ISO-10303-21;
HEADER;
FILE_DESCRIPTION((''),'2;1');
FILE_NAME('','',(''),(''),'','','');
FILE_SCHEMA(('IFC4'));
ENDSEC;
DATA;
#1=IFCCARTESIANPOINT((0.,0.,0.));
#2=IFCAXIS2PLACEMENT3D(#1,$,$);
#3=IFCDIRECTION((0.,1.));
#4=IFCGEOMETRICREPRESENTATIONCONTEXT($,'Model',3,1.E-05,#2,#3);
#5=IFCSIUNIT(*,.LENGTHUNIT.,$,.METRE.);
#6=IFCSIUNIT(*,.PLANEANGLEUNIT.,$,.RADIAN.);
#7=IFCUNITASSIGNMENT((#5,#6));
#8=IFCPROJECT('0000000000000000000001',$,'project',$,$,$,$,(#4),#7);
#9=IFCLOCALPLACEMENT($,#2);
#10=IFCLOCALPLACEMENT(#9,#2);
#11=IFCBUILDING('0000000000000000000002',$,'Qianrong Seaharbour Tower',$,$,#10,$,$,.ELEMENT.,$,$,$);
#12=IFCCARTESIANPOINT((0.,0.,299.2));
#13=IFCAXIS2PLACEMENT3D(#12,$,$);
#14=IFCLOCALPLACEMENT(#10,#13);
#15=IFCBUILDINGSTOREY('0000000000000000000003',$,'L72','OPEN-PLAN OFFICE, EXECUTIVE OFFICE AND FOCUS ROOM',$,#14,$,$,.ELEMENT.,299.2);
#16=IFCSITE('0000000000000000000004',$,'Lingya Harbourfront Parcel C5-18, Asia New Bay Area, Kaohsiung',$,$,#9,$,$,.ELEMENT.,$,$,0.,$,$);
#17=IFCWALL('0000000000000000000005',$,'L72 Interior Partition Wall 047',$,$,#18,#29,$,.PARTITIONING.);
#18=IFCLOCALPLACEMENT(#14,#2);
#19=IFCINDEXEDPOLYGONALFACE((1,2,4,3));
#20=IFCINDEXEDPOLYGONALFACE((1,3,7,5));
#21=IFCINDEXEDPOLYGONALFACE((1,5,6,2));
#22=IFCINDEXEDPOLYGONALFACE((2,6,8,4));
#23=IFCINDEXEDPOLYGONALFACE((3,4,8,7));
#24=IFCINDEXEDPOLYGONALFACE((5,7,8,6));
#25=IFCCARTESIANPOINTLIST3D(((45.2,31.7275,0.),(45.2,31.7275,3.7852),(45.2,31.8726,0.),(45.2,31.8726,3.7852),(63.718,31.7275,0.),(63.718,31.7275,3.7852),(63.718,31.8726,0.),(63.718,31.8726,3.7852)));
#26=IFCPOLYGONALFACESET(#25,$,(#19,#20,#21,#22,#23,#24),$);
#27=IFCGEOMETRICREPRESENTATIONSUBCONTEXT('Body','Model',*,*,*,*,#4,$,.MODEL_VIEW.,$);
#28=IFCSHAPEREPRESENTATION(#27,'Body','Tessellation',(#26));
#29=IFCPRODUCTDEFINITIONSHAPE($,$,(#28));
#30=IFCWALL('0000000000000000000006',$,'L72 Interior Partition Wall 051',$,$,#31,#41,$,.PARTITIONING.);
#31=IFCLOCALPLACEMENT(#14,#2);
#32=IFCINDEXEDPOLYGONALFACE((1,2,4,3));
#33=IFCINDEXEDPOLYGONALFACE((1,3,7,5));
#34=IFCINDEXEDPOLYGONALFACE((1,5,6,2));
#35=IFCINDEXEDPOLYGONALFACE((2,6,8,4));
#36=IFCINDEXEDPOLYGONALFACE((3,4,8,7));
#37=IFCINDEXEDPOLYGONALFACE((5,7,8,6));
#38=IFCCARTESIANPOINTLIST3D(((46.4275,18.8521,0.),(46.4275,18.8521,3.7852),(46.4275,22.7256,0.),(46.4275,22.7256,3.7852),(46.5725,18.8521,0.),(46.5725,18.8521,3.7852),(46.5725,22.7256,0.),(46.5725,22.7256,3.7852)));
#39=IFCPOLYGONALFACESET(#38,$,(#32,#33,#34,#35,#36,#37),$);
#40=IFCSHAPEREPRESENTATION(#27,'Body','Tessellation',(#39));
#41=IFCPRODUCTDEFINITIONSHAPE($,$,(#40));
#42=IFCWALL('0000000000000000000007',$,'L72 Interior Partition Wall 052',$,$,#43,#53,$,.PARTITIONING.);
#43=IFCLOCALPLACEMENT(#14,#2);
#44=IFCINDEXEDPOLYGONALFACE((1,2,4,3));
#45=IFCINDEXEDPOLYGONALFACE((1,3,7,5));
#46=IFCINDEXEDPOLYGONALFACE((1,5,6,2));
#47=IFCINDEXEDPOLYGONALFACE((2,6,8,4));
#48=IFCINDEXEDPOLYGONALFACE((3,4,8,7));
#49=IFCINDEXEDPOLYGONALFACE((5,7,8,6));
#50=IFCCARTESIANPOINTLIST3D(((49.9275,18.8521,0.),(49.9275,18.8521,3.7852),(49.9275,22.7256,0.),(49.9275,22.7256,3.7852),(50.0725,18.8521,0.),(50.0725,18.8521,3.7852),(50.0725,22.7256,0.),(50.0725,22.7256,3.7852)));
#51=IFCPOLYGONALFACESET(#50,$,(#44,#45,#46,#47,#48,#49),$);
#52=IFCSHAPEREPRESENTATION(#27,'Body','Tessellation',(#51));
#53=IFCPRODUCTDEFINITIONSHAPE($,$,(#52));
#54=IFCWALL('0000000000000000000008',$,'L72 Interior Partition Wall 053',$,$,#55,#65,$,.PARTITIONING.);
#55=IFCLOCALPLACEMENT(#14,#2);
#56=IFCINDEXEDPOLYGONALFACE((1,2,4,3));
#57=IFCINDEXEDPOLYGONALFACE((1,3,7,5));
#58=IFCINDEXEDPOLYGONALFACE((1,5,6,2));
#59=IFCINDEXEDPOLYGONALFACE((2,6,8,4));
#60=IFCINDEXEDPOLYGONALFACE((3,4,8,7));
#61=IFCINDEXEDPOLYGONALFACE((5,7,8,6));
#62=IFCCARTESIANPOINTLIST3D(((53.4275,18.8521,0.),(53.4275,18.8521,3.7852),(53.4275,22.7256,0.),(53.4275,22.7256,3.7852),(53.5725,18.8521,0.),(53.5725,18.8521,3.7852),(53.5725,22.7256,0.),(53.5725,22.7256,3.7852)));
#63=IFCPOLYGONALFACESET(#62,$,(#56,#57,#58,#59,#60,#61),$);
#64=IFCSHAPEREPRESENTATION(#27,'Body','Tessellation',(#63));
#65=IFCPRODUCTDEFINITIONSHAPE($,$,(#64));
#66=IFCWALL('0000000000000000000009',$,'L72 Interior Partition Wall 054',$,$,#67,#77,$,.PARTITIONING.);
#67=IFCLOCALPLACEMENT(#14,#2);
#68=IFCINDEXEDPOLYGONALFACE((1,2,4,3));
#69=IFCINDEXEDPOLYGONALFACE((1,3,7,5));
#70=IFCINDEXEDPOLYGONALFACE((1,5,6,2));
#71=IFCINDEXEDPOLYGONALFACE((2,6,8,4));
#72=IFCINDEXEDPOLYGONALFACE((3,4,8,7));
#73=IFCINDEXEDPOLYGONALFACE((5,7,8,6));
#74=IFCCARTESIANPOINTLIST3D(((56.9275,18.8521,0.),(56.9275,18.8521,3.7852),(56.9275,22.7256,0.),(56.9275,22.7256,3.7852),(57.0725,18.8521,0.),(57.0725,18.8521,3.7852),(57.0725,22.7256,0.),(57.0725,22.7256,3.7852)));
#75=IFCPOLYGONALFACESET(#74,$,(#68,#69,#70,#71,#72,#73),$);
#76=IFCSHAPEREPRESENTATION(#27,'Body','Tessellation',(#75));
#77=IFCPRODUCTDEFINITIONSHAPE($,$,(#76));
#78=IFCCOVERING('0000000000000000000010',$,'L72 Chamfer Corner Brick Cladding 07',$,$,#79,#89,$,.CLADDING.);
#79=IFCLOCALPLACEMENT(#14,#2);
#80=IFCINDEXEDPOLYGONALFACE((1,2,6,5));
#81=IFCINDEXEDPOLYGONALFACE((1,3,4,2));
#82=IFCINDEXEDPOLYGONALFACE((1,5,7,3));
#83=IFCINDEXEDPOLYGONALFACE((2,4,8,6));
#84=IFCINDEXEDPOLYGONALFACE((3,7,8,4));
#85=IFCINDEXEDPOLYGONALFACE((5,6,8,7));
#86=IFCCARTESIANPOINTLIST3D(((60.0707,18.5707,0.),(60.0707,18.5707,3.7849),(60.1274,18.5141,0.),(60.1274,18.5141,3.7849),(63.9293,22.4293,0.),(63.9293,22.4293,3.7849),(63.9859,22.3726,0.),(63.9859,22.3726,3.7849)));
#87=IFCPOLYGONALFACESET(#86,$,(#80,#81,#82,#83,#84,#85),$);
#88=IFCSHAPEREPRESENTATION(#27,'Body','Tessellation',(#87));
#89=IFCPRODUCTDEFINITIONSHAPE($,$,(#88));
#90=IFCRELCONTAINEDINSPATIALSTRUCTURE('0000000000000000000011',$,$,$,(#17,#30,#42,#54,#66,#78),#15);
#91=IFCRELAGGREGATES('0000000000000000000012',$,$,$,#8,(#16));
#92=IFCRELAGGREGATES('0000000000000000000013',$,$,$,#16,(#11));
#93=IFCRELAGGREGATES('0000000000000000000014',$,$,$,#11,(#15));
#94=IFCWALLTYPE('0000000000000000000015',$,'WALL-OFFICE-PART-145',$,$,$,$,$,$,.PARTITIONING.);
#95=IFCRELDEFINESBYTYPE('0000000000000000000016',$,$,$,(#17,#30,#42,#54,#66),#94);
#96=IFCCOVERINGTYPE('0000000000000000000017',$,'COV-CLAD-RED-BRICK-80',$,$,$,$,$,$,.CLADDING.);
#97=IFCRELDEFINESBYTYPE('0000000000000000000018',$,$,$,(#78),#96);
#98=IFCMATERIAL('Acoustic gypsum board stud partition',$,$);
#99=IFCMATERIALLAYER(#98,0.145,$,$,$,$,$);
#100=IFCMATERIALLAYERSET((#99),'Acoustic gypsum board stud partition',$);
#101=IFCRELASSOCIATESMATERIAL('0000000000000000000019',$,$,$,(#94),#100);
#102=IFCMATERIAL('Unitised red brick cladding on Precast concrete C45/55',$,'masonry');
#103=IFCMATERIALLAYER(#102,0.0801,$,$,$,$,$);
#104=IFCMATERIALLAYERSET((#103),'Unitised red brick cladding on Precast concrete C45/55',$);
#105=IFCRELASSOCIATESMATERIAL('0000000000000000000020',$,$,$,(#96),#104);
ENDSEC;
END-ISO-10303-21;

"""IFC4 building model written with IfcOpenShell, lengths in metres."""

from ifc_helpers import new_model, si_unit, direction, frame, frame_2d, origin, origin_2d, place, context, subcontext, project, spatial, rectangle, extrude, material, layer, layer_set, type_object, element, save


model = new_model("IFC4")

# Units and contexts
model_context = context("Model", 3, precision=1e-05, world=origin(), true_north=direction((0.0, 1.0)))
body_context = subcontext(model_context, "Body", "Model", "MODEL_VIEW")
ifc_project = project(units=[si_unit("LENGTHUNIT", "METRE"), si_unit("PLANEANGLEUNIT", "RADIAN")], contexts=[model_context])

# Site, building, storey
site_placement = place(None, origin())
site = spatial("IfcSite", under=ifc_project, at=site_placement, Name="Lingya Harbourfront Parcel C5-18, Asia New Bay Area, Kaohsiung", CompositionType="ELEMENT", RefElevation=0.0)
building_placement = place(site_placement, origin())
building = spatial("IfcBuilding", under=site, at=building_placement, Name="Qianrong Seaharbour Tower", CompositionType="ELEMENT")
storey_placement = place(building_placement, frame((0.0, 0.0, 299.2)))
storey = spatial("IfcBuildingStorey", under=building, at=storey_placement, Name="L72", Description="OPEN-PLAN OFFICE, EXECUTIVE OFFICE AND FOCUS ROOM", CompositionType="ELEMENT", Elevation=299.2)

# Walls
ifc_material_1 = material(Name="Acoustic gypsum board stud partition")
ifc_layer_1 = layer(ifc_material_1, 0.145)
ifc_layer_set_1 = layer_set([ifc_layer_1], Name="Acoustic gypsum board stud partition")
wall_type_1 = type_object("IfcWallType", Name="WALL-OFFICE-PART-145", PredefinedType="PARTITIONING", material=ifc_layer_set_1)
wall_1_placement = place(storey_placement, frame((45.2, 31.8, 0.0), z_axis=(0.0, 0.0, 1.0), x_axis=(1.0, 0.0, 0.0)))
element("IfcWall", 1, at=wall_1_placement, inside=storey, type_object=wall_type_1, Name="L72 Interior Partition Wall 047", PredefinedType="PARTITIONING", context=body_context, shape_type="SweptSolid", body=[
    extrude(rectangle(XDim=18.5181, YDim=0.145, at=frame_2d((9.259, 0.0))), origin(), (0.0, 0.0, 1.0), 3.7852),
])
for number, where, z_axis, x_axis, name in (
    (2, (46.5, 22.7256, 0.0), (0.0, 0.0, 1.0), (0.0, -1.0, 0.0), "L72 Interior Partition Wall 051"),
    (3, (50.0, 22.7256, 0.0), (0.0, 0.0, 1.0), (0.0, -1.0, 0.0), "L72 Interior Partition Wall 052"),
    (4, (53.5, 22.7256, 0.0), (0.0, 0.0, 1.0), (0.0, -1.0, 0.0), "L72 Interior Partition Wall 053"),
    (5, (57.0, 22.7256, 0.0), (0.0, 0.0, 1.0), (0.0, -1.0, 0.0), "L72 Interior Partition Wall 054"),
):
    element("IfcWall", number, at=place(storey_placement, frame(where, z_axis=z_axis, x_axis=x_axis)), inside=storey, type_object=wall_type_1, Name=name, PredefinedType="PARTITIONING", context=body_context, shape_type="SweptSolid", body=[
        extrude(rectangle(XDim=3.8735, YDim=0.145, at=frame_2d((1.9368, 0.0))), origin(), (0.0, 0.0, 1.0), 3.7852),
    ])

# Covering
ifc_material_2 = material(Name="Unitised red brick cladding on Precast concrete C45/55", Category="masonry")
ifc_layer_2 = layer(ifc_material_2, 0.0801)
ifc_layer_set_2 = layer_set([ifc_layer_2], Name="Unitised red brick cladding on Precast concrete C45/55")
covering_type = type_object("IfcCoveringType", Name="COV-CLAD-RED-BRICK-80", PredefinedType="CLADDING", material=ifc_layer_set_2)
covering_placement = place(storey_placement, frame((62.0283, 20.4717, 0.0), z_axis=(0.0, 0.0, 1.0), x_axis=(-0.707107, -0.707107, 0.0)))
element("IfcCovering", 6, at=covering_placement, inside=storey, type_object=covering_type, Name="L72 Chamfer Corner Brick Cladding 07", PredefinedType="CLADDING", context=body_context, shape_type="SweptSolid", body=[
    extrude(rectangle(XDim=5.4568, YDim=0.0801, at=origin_2d()), origin(), (0.0, 0.0, 1.0), 3.7849),
])

save(model, "model.ifc")
